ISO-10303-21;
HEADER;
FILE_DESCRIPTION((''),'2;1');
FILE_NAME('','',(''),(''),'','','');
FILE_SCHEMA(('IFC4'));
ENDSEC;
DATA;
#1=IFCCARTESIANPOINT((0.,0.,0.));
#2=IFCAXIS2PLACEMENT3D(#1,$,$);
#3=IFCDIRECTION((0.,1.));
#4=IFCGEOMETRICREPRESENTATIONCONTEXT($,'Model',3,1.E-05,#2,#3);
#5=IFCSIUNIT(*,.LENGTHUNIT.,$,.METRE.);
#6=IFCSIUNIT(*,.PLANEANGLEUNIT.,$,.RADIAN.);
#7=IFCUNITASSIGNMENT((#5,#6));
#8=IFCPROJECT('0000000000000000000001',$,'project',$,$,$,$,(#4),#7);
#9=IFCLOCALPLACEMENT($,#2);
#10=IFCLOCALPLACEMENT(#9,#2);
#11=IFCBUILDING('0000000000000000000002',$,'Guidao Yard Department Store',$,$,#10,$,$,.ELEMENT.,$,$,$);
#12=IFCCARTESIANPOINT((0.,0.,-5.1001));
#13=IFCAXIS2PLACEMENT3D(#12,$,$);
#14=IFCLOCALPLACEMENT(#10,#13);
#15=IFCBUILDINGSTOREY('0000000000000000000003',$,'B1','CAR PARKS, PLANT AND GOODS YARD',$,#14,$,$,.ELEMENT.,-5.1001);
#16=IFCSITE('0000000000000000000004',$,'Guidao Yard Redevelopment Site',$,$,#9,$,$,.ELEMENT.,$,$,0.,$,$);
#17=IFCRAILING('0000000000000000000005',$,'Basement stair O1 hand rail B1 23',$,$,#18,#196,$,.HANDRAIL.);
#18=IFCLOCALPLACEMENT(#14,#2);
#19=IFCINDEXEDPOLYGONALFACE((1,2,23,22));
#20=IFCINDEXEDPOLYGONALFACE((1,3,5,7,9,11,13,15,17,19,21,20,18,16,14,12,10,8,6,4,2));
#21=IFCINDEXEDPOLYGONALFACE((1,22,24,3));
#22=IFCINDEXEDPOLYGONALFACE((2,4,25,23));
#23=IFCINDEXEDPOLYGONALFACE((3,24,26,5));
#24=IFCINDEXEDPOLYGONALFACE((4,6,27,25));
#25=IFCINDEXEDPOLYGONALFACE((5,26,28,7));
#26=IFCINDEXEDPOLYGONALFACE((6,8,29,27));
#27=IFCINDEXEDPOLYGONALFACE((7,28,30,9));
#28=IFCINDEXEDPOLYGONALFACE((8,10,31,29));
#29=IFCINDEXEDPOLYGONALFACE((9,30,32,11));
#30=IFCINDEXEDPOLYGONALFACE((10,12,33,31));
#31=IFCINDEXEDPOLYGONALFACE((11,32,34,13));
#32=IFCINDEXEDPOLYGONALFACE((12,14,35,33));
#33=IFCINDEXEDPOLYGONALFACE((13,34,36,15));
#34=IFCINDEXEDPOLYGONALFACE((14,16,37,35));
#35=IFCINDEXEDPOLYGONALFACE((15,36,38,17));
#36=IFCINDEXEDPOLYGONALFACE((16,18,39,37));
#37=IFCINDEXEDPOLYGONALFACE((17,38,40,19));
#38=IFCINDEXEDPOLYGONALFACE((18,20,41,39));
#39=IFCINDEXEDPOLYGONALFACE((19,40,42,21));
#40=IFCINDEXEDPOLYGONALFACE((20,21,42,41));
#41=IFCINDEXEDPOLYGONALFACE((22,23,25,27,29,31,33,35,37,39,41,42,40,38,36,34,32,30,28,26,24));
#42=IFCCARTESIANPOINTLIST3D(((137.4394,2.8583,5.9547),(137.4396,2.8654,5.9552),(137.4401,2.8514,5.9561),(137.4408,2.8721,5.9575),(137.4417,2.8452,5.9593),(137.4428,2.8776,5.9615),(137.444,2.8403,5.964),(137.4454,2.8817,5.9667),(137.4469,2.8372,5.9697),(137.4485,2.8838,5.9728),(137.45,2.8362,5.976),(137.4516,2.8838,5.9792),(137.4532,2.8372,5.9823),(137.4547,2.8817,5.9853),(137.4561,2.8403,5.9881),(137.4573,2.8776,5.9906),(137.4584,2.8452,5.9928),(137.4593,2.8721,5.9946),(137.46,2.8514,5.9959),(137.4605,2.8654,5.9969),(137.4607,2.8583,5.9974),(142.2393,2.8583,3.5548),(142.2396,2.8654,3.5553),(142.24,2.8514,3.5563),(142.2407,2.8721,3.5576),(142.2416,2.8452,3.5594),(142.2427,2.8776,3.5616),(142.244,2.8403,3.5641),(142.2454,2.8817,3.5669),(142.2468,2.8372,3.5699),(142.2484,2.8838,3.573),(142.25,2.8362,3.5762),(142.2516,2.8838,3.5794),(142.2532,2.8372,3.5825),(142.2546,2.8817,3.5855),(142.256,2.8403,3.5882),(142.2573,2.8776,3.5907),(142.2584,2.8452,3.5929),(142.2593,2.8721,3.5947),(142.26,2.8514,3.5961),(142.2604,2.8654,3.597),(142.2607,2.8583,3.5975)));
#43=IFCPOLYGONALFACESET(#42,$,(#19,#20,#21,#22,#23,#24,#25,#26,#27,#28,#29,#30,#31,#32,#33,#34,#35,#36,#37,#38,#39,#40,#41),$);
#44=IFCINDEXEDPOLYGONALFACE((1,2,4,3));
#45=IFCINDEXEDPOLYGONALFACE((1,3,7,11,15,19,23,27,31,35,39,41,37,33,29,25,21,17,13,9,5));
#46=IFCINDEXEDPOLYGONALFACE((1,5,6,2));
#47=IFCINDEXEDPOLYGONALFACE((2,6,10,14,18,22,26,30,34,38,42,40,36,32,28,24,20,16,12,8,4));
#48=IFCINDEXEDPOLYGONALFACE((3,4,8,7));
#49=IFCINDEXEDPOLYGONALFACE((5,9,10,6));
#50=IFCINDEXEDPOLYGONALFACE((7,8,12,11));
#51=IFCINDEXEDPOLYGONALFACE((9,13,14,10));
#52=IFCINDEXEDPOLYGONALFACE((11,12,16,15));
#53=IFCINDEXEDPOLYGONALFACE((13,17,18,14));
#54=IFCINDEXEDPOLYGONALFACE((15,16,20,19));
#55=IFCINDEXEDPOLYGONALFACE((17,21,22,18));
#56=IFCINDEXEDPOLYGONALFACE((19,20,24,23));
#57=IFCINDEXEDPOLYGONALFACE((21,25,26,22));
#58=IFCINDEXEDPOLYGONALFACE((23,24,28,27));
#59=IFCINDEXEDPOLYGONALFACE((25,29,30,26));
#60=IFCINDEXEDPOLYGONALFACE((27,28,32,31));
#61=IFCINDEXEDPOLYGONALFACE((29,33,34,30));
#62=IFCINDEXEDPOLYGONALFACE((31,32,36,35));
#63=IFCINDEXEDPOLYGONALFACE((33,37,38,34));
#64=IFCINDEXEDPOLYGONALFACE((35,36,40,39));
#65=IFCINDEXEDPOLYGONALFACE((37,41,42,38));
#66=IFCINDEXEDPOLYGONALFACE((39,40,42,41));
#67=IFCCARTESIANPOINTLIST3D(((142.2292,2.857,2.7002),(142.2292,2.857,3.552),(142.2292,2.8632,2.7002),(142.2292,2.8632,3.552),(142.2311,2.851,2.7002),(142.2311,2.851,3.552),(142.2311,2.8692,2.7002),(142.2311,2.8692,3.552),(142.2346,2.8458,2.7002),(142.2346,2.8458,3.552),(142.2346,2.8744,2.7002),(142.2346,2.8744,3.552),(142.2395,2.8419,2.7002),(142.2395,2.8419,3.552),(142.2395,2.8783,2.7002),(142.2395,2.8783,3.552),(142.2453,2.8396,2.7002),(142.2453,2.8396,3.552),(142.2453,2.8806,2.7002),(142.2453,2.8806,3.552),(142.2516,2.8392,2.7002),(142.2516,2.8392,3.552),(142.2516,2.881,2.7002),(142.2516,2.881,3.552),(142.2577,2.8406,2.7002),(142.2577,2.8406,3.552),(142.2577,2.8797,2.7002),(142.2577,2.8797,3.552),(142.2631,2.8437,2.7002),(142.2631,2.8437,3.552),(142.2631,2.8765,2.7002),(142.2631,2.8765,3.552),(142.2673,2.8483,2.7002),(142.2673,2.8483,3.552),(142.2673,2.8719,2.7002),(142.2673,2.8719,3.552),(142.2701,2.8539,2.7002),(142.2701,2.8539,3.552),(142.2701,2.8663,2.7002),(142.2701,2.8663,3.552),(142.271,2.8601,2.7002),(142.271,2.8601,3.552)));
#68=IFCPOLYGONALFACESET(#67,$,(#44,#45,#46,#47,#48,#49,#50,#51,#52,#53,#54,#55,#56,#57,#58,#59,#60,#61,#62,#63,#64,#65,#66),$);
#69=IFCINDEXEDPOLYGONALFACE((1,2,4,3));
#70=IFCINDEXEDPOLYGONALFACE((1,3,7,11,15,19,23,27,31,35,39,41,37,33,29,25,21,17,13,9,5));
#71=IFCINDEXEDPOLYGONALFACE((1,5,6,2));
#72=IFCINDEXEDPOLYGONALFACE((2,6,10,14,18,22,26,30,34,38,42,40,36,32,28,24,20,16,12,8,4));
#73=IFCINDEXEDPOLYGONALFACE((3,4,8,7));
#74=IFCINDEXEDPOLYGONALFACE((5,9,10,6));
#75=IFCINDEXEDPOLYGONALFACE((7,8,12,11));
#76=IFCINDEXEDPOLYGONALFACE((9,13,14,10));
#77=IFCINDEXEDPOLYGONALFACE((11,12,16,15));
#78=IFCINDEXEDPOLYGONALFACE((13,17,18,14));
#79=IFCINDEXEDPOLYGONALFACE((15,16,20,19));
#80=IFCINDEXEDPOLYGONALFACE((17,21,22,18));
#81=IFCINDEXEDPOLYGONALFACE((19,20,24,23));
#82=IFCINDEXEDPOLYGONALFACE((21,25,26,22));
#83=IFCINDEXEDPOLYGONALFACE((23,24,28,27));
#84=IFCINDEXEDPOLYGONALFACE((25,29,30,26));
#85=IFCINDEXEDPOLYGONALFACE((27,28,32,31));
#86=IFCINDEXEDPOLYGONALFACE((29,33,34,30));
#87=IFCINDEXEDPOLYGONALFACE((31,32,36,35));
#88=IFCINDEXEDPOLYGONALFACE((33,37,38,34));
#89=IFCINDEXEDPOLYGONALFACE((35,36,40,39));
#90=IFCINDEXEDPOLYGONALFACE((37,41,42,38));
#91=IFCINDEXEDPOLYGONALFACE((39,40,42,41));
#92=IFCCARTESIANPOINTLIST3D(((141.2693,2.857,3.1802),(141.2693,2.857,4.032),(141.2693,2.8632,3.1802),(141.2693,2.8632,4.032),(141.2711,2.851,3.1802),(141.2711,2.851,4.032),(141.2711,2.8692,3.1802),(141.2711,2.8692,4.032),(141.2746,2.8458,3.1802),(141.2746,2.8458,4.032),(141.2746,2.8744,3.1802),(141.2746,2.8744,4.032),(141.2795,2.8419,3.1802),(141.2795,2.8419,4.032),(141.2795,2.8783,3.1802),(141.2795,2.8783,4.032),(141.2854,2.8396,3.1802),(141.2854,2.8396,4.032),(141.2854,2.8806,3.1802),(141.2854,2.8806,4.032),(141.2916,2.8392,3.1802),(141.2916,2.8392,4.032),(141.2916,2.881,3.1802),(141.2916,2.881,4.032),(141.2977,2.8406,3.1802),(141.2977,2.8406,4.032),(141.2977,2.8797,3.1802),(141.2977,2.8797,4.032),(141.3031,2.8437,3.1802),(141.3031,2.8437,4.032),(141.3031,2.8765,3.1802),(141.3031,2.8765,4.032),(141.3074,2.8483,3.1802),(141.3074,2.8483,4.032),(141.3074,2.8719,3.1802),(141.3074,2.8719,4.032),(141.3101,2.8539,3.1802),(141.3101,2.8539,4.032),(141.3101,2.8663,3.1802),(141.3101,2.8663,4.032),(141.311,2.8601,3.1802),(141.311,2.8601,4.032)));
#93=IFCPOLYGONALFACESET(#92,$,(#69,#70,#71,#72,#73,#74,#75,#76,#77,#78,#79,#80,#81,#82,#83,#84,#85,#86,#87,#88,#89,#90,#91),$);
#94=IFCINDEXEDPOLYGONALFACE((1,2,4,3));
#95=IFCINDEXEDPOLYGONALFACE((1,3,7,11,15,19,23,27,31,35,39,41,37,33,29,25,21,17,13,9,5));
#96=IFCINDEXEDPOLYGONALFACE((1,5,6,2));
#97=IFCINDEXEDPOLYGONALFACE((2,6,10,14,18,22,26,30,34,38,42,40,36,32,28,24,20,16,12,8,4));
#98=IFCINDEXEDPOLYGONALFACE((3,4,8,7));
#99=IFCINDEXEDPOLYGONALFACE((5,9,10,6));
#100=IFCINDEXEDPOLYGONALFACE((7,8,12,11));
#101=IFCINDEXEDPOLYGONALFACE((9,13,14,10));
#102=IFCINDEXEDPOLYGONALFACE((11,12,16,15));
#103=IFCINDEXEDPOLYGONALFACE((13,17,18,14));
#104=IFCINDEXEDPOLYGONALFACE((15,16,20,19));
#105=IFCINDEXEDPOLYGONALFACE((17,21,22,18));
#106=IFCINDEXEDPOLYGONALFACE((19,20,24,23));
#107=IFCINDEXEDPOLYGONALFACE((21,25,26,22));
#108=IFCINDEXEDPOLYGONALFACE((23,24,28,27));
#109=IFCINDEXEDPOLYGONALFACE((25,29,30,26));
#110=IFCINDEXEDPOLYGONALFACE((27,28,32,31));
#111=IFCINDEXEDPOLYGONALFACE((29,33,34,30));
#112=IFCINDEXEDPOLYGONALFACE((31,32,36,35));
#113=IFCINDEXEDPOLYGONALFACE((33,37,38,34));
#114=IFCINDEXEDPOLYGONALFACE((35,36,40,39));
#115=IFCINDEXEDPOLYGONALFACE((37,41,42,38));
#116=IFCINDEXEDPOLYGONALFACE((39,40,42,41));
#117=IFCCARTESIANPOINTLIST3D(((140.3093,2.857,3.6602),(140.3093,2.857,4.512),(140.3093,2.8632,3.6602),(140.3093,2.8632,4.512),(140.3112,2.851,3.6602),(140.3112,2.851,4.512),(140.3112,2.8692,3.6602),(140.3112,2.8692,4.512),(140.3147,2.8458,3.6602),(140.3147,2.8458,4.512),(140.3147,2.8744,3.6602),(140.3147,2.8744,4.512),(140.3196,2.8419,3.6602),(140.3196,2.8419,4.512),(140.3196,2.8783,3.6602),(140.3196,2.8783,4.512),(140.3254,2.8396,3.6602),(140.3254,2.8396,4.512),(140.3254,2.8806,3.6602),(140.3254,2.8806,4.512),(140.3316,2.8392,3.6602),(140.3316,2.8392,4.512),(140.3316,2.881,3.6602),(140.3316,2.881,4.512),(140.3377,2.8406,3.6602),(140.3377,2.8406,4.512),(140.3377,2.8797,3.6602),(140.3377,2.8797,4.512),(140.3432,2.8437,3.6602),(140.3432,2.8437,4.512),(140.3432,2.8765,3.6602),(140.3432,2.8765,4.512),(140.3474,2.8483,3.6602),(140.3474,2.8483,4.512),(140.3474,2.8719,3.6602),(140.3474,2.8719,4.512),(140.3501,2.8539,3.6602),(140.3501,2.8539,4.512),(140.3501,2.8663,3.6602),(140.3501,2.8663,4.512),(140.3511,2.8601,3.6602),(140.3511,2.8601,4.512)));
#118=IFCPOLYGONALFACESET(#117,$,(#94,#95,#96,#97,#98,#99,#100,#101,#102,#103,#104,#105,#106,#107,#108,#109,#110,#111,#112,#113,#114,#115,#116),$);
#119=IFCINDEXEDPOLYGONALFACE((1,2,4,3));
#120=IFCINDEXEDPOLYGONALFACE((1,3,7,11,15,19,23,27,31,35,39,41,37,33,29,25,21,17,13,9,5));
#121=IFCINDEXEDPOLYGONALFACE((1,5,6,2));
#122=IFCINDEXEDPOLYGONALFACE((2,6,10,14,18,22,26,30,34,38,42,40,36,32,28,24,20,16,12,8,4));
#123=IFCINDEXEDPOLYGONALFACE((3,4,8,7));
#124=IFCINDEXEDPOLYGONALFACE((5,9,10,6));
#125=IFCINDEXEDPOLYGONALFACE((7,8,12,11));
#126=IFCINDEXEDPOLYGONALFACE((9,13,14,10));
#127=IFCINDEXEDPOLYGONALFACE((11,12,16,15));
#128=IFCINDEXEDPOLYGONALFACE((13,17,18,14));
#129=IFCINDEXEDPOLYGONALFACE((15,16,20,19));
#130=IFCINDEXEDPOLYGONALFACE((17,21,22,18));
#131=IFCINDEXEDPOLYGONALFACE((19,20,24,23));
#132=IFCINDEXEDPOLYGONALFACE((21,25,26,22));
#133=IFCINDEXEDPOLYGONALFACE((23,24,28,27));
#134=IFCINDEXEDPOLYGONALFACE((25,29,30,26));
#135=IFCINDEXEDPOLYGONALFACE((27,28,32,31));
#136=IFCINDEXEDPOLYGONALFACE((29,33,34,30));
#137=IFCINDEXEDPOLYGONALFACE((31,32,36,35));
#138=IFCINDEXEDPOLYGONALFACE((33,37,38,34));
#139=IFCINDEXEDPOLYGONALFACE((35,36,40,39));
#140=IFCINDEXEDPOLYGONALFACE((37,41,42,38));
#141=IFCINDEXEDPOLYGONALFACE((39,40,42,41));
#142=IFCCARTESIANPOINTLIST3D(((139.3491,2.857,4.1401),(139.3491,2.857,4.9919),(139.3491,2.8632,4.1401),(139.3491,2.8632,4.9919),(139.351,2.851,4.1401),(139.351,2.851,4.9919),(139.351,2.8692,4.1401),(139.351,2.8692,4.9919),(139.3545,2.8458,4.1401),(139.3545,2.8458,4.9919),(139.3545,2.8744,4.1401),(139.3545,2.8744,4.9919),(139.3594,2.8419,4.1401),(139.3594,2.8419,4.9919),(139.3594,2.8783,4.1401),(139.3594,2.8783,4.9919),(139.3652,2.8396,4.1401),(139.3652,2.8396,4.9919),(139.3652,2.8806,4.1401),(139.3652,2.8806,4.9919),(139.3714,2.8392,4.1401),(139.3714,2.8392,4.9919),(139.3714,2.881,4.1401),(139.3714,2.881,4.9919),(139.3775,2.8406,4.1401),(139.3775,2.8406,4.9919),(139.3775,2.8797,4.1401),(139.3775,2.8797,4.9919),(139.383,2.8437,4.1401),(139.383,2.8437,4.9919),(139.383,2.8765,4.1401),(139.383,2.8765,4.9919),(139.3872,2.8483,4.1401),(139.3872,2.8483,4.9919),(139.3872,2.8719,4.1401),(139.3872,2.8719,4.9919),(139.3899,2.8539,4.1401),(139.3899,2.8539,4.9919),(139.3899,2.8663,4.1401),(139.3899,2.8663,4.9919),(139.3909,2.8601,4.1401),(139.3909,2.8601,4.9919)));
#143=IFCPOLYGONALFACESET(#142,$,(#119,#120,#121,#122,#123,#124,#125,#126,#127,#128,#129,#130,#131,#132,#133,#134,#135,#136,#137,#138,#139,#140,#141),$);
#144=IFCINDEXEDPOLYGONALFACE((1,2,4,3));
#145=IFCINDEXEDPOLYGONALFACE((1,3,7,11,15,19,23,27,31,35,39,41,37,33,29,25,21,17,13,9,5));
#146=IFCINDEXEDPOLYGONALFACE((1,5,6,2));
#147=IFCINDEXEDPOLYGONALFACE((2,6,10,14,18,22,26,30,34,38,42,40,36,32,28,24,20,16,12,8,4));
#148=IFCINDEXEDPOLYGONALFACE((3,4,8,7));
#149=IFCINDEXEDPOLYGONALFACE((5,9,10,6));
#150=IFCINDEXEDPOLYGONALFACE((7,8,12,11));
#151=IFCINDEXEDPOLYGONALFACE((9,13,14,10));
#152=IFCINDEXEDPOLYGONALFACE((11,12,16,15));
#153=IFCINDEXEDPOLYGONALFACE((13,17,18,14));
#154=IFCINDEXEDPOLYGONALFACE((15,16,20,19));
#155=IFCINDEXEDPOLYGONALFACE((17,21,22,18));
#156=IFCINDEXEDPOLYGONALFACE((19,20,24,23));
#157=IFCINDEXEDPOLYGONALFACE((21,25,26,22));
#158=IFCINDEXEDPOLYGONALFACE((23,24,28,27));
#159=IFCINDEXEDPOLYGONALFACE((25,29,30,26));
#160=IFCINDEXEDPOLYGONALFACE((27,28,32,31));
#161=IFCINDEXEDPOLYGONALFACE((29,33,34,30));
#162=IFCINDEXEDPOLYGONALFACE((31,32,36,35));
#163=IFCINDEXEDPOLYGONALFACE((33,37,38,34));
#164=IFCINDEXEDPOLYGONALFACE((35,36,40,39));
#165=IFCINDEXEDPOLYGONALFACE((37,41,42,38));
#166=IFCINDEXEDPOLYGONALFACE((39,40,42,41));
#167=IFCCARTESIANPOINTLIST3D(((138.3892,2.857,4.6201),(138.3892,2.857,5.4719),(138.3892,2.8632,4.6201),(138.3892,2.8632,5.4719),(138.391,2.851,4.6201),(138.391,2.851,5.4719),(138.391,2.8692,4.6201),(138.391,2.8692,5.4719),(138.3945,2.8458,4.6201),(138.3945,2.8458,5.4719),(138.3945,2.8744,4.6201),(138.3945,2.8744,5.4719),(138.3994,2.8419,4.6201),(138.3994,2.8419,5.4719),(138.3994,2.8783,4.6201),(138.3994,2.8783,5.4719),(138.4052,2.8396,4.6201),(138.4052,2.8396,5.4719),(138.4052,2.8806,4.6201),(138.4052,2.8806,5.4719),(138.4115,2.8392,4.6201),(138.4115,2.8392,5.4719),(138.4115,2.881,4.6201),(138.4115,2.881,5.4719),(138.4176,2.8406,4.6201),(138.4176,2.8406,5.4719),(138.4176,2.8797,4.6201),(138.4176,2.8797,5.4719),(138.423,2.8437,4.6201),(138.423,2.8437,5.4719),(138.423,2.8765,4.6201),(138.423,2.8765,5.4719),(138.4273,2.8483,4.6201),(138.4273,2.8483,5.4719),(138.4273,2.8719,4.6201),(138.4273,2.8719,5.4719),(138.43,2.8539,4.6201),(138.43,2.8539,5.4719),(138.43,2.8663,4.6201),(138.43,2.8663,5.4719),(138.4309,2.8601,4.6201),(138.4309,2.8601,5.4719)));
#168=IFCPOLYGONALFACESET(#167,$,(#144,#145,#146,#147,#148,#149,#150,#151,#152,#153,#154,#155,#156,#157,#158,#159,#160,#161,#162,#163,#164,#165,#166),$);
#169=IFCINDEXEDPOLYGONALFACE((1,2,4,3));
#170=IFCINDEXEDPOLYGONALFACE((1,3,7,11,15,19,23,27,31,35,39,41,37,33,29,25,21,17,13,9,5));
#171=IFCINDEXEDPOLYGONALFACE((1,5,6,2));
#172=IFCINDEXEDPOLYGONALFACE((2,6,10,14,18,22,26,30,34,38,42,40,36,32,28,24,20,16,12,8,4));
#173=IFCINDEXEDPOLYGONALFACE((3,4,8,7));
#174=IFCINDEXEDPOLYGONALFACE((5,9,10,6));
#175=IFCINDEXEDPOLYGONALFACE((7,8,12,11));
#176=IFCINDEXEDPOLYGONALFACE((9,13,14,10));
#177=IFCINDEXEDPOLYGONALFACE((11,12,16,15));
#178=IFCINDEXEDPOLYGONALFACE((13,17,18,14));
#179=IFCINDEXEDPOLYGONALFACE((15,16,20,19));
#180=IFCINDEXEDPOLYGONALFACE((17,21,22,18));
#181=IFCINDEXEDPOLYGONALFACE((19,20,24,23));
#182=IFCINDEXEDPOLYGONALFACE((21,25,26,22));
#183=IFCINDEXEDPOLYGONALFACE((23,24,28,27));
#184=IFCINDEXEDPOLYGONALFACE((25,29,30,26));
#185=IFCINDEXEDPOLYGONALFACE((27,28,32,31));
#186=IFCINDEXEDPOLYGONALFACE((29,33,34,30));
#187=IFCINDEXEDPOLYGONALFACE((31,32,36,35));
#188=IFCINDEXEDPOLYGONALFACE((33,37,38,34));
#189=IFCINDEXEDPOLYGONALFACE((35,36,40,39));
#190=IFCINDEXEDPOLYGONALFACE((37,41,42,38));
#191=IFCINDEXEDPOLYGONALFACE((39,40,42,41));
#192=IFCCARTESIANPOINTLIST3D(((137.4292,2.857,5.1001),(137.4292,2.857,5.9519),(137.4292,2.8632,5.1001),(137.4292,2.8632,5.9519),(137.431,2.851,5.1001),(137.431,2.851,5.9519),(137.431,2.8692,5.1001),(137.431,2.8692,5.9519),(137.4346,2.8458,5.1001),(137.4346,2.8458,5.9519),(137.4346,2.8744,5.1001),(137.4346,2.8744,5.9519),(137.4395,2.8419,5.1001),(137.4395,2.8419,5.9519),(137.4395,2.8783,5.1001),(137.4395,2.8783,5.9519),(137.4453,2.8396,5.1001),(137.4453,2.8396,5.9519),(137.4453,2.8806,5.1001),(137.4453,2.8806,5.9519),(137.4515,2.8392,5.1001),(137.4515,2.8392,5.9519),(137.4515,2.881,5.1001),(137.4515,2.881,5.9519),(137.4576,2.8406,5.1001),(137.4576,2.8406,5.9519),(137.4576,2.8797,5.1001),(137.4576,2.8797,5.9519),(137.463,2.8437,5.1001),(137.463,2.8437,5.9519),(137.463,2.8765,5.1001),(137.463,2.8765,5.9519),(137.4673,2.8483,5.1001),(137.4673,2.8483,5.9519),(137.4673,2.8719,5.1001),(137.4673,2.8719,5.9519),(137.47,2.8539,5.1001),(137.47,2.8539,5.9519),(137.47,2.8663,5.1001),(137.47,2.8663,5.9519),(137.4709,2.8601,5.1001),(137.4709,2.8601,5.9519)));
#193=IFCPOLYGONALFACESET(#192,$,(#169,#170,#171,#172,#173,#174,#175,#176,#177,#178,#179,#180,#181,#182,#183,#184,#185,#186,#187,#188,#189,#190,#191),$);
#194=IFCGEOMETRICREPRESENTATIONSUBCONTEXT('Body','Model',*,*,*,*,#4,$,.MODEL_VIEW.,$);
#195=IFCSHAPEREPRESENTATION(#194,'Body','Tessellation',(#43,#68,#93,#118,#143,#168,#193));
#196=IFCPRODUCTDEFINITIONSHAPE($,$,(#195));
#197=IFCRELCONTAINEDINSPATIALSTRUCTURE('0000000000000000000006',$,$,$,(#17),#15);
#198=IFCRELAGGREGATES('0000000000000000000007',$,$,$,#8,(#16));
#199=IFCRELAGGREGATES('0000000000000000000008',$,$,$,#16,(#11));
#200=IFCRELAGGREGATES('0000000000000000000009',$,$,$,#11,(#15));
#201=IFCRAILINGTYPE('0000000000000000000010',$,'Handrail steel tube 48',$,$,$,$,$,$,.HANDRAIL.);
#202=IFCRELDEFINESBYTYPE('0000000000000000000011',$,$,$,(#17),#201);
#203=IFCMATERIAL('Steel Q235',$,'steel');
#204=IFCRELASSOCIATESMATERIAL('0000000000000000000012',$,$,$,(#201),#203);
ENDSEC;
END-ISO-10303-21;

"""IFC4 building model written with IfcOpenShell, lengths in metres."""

from ifc_helpers import new_model, si_unit, direction, frame, origin, origin_2d, place, context, subcontext, project, spatial, circle, extrude, material, type_object, element, save


model = new_model("IFC4")

# Units and contexts
model_context = context("Model", 3, precision=1e-05, world=origin(), true_north=direction((0.0, 1.0)))
body_context = subcontext(model_context, "Body", "Model", "MODEL_VIEW")
ifc_project = project(units=[si_unit("LENGTHUNIT", "METRE"), si_unit("PLANEANGLEUNIT", "RADIAN")], contexts=[model_context])

# Site, building, storey
site_placement = place(None, origin())
site = spatial("IfcSite", under=ifc_project, at=site_placement, Name="Guidao Yard Redevelopment Site", CompositionType="ELEMENT", RefElevation=0.0)
building_placement = place(site_placement, origin())
building = spatial("IfcBuilding", under=site, at=building_placement, Name="Guidao Yard Department Store", CompositionType="ELEMENT")
storey_placement = place(building_placement, frame((0.0, 0.0, -5.1001)))
storey = spatial("IfcBuildingStorey", under=building, at=storey_placement, Name="B1", Description="CAR PARKS, PLANT AND GOODS YARD", CompositionType="ELEMENT", Elevation=-5.1001)

# Railing
ifc_material_1 = material(Name="Steel Q235", Category="steel")
railing_type_1 = type_object("IfcRailingType", Name="Handrail steel tube 48", PredefinedType="HANDRAIL", material=ifc_material_1)
for number, where, name in (
    (1, (142.25, 2.8601, 2.7002), "Basement stair O1 hand rail B1 23"),
):
    element("IfcRailing", number, at=place(storey_placement, frame(where)), inside=storey, type_object=railing_type_1, Name=name, PredefinedType="HANDRAIL", context=body_context, shape_type="SweptSolid", body=[
        extrude(circle(Radius=0.0239, at=origin_2d()), frame((0.0, 0.0, 0.876), z_axis=(-0.894436, 0.0, 0.447195), x_axis=(0.0, -1.0, 0.0)), (0.0, 0.0, 1.0), 5.3665),
        extrude(circle(Radius=0.021, at=origin_2d()), origin(), (0.0, 0.0, 1.0), 0.8518),
        extrude(circle(Radius=0.021, at=origin_2d()), frame((-0.96, 0.0, 0.48)), (0.0, 0.0, 1.0), 0.8518),
        extrude(circle(Radius=0.021, at=origin_2d()), frame((-1.9199, 0.0, 0.96)), (0.0, 0.0, 1.0), 0.8518),
        extrude(circle(Radius=0.021, at=origin_2d()), frame((-2.8801, 0.0, 1.4399)), (0.0, 0.0, 1.0), 0.8518),
        extrude(circle(Radius=0.021, at=origin_2d()), frame((-3.8401, 0.0, 1.9199)), (0.0, 0.0, 1.0), 0.8518),
        extrude(circle(Radius=0.021, at=origin_2d()), frame((-4.8, 0.0, 2.3999)), (0.0, 0.0, 1.0), 0.8518),
    ])

save(model, "model.ifc")
